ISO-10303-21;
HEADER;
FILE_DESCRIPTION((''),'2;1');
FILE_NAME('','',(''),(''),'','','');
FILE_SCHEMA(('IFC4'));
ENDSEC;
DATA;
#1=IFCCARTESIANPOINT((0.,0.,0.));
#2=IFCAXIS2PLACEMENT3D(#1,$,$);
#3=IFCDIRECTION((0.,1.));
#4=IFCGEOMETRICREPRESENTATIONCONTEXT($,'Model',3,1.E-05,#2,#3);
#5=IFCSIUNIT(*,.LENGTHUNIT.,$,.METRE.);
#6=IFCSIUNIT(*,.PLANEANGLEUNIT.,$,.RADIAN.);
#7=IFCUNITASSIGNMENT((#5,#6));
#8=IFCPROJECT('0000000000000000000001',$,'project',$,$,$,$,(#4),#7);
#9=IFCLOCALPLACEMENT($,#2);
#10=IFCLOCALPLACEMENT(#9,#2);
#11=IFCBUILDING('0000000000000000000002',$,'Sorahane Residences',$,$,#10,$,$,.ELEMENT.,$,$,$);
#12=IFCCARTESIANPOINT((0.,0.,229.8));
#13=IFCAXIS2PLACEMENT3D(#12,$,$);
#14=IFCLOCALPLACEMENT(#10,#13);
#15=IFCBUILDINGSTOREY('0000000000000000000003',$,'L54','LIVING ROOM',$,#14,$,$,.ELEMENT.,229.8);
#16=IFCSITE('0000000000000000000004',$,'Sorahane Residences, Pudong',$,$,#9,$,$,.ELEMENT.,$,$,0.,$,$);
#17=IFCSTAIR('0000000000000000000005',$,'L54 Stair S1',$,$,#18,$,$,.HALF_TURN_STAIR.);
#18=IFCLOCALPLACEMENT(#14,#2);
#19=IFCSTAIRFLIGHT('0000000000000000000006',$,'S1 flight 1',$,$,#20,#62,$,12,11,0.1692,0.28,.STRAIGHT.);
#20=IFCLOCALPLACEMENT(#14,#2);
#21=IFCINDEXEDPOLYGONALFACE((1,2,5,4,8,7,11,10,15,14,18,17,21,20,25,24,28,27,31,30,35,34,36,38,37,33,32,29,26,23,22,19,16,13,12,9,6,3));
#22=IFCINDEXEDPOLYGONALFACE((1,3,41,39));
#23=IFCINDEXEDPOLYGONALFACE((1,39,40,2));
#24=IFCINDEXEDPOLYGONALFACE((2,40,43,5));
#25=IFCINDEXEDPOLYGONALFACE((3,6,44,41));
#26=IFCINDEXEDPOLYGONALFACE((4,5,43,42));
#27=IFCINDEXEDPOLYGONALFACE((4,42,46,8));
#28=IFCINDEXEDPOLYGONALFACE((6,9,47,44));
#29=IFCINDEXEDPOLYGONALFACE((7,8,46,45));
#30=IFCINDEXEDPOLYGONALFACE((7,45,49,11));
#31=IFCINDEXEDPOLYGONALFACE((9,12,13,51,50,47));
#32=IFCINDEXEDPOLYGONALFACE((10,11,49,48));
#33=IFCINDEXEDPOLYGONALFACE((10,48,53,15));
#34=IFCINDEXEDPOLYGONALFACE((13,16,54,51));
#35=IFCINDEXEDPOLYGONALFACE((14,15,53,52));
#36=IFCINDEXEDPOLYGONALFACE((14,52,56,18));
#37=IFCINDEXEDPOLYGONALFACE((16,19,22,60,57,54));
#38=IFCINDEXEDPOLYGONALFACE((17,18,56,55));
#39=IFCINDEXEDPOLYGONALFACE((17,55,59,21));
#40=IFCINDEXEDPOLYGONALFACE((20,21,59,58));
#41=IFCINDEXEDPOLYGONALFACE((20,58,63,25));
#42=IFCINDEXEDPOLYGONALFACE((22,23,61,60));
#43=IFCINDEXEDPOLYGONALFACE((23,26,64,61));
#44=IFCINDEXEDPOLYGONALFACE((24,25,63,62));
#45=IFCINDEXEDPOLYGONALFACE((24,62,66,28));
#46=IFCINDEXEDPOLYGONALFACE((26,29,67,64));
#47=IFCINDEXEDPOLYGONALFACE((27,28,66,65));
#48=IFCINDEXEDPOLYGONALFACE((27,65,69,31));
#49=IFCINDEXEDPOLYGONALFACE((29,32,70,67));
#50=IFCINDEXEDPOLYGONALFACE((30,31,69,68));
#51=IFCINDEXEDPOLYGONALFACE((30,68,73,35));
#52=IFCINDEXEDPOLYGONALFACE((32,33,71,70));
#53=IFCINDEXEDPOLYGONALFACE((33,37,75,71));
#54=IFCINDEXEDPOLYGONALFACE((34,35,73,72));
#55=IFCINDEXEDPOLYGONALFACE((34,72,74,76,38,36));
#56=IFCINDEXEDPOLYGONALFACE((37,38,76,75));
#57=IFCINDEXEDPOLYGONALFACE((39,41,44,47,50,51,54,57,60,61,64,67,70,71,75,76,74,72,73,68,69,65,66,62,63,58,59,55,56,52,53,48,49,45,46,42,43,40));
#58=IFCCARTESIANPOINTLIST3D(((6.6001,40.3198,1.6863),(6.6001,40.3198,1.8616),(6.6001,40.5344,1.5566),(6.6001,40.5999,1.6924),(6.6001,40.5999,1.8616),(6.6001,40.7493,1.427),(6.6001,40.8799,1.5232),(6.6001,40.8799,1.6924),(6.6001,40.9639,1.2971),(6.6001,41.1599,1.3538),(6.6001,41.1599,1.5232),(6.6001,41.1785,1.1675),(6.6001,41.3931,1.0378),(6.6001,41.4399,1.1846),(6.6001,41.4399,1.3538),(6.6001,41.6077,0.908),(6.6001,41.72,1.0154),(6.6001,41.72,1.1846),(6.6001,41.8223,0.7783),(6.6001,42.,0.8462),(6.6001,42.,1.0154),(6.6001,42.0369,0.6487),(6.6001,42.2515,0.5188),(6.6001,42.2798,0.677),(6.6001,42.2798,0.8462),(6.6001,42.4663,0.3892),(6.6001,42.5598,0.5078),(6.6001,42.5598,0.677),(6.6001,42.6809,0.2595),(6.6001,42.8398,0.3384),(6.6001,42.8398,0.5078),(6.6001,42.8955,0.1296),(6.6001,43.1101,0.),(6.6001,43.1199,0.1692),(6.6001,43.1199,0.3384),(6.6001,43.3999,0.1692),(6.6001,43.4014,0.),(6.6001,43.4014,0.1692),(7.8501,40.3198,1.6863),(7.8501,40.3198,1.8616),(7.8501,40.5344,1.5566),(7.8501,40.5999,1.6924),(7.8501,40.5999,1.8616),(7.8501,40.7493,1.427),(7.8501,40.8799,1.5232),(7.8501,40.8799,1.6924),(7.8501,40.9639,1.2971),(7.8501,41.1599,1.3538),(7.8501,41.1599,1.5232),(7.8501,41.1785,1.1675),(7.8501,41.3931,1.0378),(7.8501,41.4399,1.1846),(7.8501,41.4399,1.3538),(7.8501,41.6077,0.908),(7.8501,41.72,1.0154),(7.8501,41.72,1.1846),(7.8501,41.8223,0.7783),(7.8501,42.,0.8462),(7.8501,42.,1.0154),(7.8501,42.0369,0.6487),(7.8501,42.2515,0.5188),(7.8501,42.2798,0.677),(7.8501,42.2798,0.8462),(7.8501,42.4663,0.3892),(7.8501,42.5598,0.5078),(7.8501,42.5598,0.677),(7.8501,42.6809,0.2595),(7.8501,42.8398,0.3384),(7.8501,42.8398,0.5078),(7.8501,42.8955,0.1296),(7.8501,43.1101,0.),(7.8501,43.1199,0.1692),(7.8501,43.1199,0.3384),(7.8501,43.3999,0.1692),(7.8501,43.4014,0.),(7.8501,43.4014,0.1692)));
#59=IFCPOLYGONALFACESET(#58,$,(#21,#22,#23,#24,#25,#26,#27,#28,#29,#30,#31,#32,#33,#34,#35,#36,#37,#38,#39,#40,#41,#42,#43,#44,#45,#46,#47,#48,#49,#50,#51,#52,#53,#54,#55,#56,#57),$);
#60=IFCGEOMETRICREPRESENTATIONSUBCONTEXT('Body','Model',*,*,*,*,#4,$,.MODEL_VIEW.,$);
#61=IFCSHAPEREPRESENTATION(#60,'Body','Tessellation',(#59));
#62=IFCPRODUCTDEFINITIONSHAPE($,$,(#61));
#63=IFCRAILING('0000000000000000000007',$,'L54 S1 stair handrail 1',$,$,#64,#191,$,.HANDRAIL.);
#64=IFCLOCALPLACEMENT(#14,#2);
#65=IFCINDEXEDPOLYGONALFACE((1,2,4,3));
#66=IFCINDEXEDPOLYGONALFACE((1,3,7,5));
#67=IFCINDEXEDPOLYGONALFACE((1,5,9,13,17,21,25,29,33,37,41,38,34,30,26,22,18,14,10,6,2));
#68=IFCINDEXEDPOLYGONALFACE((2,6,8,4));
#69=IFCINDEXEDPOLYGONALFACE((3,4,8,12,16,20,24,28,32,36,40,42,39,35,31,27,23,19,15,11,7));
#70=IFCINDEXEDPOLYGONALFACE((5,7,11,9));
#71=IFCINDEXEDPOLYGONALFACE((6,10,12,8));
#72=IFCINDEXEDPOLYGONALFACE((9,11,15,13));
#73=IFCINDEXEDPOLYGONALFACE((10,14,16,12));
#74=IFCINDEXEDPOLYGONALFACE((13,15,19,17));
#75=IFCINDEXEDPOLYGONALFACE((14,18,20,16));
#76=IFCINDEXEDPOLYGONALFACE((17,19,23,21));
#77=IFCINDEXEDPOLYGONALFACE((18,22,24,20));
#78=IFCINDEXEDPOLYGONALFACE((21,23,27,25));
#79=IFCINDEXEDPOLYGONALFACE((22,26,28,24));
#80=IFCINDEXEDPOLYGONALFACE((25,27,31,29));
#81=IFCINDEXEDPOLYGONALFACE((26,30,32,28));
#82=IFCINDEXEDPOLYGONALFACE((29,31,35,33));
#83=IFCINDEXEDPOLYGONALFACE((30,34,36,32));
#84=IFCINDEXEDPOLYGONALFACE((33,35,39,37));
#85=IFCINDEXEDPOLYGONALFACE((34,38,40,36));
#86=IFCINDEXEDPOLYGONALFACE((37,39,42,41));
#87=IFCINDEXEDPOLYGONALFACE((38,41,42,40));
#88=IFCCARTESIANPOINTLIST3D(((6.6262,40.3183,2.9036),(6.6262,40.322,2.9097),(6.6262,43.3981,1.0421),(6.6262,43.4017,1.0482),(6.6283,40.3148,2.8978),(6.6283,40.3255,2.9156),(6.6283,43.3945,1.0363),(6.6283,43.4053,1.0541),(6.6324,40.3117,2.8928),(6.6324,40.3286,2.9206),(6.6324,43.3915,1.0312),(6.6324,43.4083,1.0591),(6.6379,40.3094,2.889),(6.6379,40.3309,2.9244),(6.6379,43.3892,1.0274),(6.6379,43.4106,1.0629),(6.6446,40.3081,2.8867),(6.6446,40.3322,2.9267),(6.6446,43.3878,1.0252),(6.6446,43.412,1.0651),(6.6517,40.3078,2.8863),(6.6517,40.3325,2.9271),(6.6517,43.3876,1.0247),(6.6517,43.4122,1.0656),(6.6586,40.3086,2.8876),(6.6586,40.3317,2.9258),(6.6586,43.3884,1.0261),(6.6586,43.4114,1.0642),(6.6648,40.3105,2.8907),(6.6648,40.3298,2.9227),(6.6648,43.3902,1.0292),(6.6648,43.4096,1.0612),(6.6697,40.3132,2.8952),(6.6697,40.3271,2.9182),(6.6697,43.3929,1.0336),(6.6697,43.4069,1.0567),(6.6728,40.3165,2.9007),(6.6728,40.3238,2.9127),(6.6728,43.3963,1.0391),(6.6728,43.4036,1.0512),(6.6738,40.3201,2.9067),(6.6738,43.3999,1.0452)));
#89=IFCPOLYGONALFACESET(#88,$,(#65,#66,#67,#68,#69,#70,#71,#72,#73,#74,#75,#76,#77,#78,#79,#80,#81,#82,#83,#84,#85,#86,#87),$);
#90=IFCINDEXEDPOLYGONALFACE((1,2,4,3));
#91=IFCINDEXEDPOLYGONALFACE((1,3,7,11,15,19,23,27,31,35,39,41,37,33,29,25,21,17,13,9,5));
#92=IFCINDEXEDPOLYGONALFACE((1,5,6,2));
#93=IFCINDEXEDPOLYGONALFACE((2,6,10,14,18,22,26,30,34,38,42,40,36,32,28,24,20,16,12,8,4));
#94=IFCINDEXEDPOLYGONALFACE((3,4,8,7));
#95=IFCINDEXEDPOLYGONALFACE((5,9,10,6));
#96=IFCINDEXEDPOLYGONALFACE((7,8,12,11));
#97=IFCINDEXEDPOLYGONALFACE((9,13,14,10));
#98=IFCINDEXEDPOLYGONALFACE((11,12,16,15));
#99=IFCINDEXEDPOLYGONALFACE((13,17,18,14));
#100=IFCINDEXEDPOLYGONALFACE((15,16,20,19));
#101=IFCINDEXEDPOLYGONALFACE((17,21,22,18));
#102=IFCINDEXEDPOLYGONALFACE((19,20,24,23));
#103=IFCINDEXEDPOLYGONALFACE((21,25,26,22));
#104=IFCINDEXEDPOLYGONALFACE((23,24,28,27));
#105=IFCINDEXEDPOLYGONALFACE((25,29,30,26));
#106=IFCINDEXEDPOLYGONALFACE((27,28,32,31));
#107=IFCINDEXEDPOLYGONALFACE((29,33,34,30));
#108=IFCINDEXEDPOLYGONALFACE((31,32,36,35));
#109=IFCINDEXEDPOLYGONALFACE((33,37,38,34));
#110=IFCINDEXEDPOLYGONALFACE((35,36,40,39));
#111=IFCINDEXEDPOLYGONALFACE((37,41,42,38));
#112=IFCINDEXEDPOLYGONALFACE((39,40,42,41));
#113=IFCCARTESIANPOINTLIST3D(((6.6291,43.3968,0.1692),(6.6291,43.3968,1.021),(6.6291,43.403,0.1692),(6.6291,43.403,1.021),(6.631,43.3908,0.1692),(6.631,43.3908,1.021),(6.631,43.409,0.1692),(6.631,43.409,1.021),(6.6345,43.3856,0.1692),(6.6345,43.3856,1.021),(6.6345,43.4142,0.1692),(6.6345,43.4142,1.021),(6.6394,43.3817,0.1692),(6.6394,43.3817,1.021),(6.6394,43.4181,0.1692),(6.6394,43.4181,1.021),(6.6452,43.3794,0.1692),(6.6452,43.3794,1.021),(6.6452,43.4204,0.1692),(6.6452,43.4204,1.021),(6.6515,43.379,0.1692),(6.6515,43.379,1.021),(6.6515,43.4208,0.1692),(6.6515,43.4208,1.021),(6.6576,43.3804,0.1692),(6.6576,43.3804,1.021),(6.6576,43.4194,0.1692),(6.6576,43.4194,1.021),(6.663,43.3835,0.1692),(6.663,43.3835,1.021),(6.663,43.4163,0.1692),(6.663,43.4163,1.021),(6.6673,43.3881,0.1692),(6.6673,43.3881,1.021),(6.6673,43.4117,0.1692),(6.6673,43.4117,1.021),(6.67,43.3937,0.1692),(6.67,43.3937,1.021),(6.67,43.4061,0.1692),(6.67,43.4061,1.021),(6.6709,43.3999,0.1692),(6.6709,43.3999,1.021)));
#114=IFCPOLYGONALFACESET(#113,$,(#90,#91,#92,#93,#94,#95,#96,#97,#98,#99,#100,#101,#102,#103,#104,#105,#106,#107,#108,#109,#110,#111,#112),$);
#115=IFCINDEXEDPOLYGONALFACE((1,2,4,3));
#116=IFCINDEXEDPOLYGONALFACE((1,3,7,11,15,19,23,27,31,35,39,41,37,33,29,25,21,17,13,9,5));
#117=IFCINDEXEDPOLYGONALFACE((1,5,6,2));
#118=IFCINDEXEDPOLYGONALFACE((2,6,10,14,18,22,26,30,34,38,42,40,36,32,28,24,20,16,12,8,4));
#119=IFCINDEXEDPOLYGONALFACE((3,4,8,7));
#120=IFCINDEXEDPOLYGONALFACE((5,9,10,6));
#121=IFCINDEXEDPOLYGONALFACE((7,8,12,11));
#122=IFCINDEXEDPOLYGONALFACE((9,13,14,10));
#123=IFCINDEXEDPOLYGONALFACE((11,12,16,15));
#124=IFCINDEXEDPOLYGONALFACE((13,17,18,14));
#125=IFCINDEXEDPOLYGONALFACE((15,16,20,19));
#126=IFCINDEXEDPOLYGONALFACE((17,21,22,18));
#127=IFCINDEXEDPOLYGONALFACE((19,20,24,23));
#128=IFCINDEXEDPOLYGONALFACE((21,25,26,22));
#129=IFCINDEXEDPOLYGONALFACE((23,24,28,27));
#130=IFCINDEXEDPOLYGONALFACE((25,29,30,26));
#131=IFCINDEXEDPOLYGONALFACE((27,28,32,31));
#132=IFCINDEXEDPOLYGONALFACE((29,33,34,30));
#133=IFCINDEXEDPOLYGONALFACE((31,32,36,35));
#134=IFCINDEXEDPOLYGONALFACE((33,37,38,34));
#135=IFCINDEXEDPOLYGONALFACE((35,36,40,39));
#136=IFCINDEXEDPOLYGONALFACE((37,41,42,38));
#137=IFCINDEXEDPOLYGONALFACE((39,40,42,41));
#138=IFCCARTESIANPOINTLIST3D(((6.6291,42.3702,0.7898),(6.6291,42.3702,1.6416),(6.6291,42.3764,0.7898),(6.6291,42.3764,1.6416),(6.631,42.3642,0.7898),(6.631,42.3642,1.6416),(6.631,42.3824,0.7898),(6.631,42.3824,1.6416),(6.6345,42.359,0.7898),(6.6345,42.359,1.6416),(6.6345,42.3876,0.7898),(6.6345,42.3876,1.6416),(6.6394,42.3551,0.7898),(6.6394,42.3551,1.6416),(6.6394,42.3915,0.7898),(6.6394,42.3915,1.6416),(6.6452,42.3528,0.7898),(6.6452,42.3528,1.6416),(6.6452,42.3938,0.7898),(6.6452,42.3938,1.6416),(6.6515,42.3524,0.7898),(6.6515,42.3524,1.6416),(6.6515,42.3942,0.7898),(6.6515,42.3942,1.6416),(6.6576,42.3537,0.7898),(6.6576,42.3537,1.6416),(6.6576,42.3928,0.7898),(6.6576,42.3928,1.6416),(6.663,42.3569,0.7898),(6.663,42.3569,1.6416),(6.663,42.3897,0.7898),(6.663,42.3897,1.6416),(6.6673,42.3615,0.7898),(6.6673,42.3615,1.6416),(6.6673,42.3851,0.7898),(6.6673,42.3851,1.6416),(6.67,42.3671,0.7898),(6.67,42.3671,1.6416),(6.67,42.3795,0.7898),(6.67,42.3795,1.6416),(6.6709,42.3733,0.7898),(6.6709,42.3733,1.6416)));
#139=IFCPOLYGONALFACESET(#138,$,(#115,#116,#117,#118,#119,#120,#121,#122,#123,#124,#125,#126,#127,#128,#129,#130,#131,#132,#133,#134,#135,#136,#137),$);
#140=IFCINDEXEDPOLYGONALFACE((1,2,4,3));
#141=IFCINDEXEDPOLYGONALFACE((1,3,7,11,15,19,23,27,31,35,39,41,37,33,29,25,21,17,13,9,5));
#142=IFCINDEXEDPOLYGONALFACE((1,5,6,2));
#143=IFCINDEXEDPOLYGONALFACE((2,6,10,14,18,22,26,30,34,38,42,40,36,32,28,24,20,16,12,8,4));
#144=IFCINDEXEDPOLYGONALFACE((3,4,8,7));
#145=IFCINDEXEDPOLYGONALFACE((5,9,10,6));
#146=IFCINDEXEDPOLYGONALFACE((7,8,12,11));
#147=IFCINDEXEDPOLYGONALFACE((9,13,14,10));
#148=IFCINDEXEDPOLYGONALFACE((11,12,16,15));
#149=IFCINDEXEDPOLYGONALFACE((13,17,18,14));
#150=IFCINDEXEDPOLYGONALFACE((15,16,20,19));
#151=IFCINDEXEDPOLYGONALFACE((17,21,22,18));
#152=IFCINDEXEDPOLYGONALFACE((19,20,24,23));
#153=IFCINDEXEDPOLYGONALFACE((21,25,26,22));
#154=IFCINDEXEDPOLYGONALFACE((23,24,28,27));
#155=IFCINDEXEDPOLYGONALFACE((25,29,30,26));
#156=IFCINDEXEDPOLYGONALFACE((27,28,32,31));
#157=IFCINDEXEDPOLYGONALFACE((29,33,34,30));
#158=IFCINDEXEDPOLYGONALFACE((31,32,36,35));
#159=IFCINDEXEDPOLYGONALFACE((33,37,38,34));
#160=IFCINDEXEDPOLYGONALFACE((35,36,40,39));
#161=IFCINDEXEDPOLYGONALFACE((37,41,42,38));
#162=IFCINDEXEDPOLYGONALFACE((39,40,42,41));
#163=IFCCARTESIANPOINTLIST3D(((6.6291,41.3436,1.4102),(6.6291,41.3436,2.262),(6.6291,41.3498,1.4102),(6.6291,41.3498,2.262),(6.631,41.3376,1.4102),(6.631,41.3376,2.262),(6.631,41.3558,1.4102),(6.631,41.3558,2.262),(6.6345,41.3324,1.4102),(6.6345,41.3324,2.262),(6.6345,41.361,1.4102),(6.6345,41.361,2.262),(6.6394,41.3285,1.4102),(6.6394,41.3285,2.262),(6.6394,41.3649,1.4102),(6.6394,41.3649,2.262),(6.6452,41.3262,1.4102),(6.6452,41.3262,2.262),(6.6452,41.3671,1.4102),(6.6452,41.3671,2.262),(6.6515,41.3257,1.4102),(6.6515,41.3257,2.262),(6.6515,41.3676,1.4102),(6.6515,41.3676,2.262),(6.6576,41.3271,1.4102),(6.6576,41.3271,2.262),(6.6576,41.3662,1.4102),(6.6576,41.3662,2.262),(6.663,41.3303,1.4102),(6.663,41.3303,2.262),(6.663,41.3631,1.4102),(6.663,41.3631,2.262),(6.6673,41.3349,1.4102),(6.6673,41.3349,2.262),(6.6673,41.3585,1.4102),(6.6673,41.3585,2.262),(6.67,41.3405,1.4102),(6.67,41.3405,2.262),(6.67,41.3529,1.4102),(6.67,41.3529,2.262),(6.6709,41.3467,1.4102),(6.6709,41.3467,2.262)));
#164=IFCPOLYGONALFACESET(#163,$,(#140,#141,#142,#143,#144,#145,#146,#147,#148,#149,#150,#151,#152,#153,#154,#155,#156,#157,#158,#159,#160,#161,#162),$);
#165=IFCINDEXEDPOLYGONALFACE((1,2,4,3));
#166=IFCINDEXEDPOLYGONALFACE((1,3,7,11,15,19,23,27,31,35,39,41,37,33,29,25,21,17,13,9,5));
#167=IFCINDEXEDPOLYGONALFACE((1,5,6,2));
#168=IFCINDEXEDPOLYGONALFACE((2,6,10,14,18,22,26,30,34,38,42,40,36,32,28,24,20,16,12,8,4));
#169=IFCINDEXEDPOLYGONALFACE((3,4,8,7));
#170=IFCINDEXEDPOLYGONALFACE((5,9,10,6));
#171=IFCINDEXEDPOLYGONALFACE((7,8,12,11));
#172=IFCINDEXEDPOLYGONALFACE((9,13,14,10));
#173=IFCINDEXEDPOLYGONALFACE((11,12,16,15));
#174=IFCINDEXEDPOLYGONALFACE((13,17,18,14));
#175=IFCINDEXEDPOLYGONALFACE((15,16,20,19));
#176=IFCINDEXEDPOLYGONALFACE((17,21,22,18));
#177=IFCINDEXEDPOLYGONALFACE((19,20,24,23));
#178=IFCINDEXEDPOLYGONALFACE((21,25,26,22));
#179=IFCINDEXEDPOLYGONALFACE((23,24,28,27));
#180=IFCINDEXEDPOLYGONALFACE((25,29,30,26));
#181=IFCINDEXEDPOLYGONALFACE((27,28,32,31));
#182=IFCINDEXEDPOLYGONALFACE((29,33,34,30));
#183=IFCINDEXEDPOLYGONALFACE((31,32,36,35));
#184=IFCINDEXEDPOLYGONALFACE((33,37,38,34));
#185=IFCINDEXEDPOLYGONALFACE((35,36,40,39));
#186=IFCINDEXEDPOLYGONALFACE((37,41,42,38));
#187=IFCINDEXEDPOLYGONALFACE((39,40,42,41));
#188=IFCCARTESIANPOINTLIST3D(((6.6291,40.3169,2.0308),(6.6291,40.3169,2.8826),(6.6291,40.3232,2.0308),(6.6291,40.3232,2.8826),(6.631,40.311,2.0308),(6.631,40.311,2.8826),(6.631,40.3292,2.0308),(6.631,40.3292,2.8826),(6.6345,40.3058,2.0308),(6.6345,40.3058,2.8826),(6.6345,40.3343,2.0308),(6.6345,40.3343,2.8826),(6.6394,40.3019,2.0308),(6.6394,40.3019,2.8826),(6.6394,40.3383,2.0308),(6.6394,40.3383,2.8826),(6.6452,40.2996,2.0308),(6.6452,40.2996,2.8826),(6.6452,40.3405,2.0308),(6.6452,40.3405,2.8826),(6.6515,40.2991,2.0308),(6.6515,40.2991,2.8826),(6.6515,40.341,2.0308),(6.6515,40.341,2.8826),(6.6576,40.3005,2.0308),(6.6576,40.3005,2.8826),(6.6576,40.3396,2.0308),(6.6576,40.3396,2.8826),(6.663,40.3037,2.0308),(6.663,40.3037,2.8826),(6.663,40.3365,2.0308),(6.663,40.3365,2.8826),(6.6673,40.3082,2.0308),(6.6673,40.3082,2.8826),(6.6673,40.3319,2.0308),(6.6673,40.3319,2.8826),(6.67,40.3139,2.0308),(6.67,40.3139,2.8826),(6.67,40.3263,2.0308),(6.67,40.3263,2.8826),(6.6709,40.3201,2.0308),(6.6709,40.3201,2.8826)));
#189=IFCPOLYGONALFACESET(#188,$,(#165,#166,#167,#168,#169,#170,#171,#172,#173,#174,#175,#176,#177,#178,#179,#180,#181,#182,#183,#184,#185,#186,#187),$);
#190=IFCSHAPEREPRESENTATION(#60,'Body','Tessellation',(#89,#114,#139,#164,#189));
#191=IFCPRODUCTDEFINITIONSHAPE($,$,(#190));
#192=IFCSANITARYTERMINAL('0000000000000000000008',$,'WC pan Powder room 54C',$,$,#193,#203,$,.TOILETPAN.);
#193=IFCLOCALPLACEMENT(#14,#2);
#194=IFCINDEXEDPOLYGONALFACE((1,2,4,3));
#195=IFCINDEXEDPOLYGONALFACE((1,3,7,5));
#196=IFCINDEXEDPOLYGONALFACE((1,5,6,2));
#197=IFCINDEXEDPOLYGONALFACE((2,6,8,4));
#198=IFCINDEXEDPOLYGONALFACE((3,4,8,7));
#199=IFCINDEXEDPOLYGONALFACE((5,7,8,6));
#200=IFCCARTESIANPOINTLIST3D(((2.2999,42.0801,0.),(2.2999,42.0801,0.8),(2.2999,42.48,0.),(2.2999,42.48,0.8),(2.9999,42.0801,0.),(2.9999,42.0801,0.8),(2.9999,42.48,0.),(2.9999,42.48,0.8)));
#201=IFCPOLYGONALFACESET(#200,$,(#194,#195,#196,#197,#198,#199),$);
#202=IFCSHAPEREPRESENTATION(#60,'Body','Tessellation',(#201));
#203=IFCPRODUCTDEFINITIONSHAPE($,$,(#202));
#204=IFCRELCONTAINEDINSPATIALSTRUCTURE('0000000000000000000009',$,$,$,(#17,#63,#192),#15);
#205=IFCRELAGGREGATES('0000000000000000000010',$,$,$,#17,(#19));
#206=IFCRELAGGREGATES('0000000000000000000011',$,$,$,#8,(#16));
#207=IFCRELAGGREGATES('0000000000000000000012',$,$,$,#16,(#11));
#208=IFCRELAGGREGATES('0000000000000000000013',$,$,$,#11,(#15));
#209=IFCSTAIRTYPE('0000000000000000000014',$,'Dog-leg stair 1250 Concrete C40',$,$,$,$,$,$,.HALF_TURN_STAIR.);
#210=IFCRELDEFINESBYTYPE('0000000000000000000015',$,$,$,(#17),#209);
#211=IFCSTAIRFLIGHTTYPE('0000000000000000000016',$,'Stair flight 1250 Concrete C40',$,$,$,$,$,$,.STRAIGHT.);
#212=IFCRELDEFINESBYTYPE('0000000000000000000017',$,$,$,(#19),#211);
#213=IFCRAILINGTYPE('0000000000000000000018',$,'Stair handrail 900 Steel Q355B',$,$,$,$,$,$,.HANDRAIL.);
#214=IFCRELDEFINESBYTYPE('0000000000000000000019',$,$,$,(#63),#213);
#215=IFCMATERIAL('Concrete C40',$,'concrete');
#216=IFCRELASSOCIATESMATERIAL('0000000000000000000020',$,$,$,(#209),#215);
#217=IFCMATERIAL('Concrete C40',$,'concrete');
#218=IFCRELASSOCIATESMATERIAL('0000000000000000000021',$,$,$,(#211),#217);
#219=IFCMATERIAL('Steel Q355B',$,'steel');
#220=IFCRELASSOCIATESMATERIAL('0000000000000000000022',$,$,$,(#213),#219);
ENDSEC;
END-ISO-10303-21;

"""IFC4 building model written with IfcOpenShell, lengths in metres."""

from ifc_helpers import new_model, si_unit, direction, frame, origin, origin_2d, place, context, subcontext, project, spatial, polyline, rectangle, circle, outline, extrude, material, type_object, element, aggregate, save


model = new_model("IFC4")

# Units and contexts
model_context = context("Model", 3, precision=1e-05, world=origin(), true_north=direction((0.0, 1.0)))
body_context = subcontext(model_context, "Body", "Model", "MODEL_VIEW")
ifc_project = project(units=[si_unit("LENGTHUNIT", "METRE"), si_unit("PLANEANGLEUNIT", "RADIAN")], contexts=[model_context])

# Site, building, storey
site_placement = place(None, origin())
site = spatial("IfcSite", under=ifc_project, at=site_placement, Name="Sorahane Residences, Pudong", CompositionType="ELEMENT", RefElevation=0.0)
building_placement = place(site_placement, origin())
building = spatial("IfcBuilding", under=site, at=building_placement, Name="Sorahane Residences", CompositionType="ELEMENT")
storey_placement = place(building_placement, frame((0.0, 0.0, 229.8)))
storey = spatial("IfcBuildingStorey", under=building, at=storey_placement, Name="L54", Description="LIVING ROOM", CompositionType="ELEMENT", Elevation=229.8)

# Stair, stair flight
ifc_material_1 = material(Name="Concrete C40", Category="concrete")
stair_type = type_object("IfcStairType", Name="Dog-leg stair 1250 Concrete C40", PredefinedType="HALF_TURN_STAIR", material=ifc_material_1)
stair_placement = place(storey_placement, origin())
stair = element("IfcStair", 1, at=stair_placement, inside=storey, type_object=stair_type, Name="L54 Stair S1", PredefinedType="HALF_TURN_STAIR")
ifc_material_2 = material(Name="Concrete C40", Category="concrete")
stair_flight_type = type_object("IfcStairFlightType", Name="Stair flight 1250 Concrete C40", PredefinedType="STRAIGHT", material=ifc_material_2)
stair_flight_placement = place(storey_placement, frame((7.2251, 43.3999, 0.0), z_axis=(0.0, 0.0, 1.0), x_axis=(0.0, -1.0, 0.0)))
stair_flight = element("IfcStairFlight", 2, at=stair_flight_placement, type_object=stair_flight_type, Name="S1 flight 1", NumberOfRisers=12, NumberOfTreads=11, PredefinedType="STRAIGHT", RiserHeight=0.1692, TreadLength=0.28, context=body_context, shape_type="SweptSolid", body=[
    extrude(outline(polyline([(-0.0015, 0.0), (-0.0015, 0.1692), (0.0, 0.1692), (0.28, 0.1692), (0.28, 0.3384), (0.5601, 0.3384), (0.5601, 0.5078), (0.8401, 0.5078), (0.8401, 0.677), (1.1201, 0.677), (1.1201, 0.8462), (1.3999, 0.8462), (1.3999, 1.0154), (1.6799, 1.0154), (1.6799, 1.1846), (1.96, 1.1846), (1.96, 1.3538), (2.24, 1.3538), (2.24, 1.5232), (2.52, 1.5232), (2.52, 1.6924), (2.8, 1.6924), (2.8, 1.8616), (3.0801, 1.8616), (3.0801, 2.0308), (3.0801, 1.6863), (2.8655, 1.5566), (2.6506, 1.427), (2.436, 1.2971), (2.2214, 1.1675), (2.0068, 1.0378), (1.7922, 0.908), (1.5776, 0.7783), (1.363, 0.6487), (1.1484, 0.5188), (0.9336, 0.3892), (0.719, 0.2595), (0.5044, 0.1296), (0.2898, 0.0), (-0.0015, 0.0)])), frame((0.0, 0.625, 0.0), z_axis=(0.0, -1.0, 0.0), x_axis=(1.0, 0.0, 0.0)), (0.0, 0.0, 1.0), 1.25),
])
aggregate(stair, [stair_flight])

# Railing
ifc_material_3 = material(Name="Steel Q355B", Category="steel")
railing_type_1 = type_object("IfcRailingType", Name="Stair handrail 900 Steel Q355B", PredefinedType="HANDRAIL", material=ifc_material_3)
railing_1_placement = place(storey_placement, frame((6.6499, 43.3999, 0.1692)))
element("IfcRailing", 3, at=railing_1_placement, inside=storey, type_object=railing_type_1, Name="L54 S1 stair handrail 1", PredefinedType="HANDRAIL", context=body_context, shape_type="SweptSolid", body=[
    extrude(circle(Radius=0.0239, at=origin_2d()), frame((0.0, 0.0, 0.876), z_axis=(0.0, -0.855812, 0.517286), x_axis=(1.0, 0.0, 0.0)), (0.0, 0.0, 1.0), 3.5986),
    extrude(circle(Radius=0.021, at=origin_2d()), origin(), (0.0, 0.0, 1.0), 0.8518),
    extrude(circle(Radius=0.021, at=origin_2d()), frame((0.0, -1.0266, 0.6206)), (0.0, 0.0, 1.0), 0.8518),
    extrude(circle(Radius=0.021, at=origin_2d()), frame((0.0, -2.0532, 1.241)), (0.0, 0.0, 1.0), 0.8518),
    extrude(circle(Radius=0.021, at=origin_2d()), frame((0.0, -3.0798, 1.8616)), (0.0, 0.0, 1.0), 0.8518),
])

# Sanitary terminal
sanitary_terminal_1_placement = place(storey_placement, frame((2.6499, 42.28, 0.0), z_axis=(0.0, 0.0, 1.0), x_axis=(0.0, -1.0, 0.0)))
element("IfcSanitaryTerminal", 4, at=sanitary_terminal_1_placement, inside=storey, Name="WC pan Powder room 54C", PredefinedType="TOILETPAN", context=body_context, shape_type="SweptSolid", body=[
    extrude(rectangle(XDim=0.3999, YDim=0.7, at=origin_2d()), origin(), (0.0, 0.0, 1.0), 0.8),
])

save(model, "model.ifc")
